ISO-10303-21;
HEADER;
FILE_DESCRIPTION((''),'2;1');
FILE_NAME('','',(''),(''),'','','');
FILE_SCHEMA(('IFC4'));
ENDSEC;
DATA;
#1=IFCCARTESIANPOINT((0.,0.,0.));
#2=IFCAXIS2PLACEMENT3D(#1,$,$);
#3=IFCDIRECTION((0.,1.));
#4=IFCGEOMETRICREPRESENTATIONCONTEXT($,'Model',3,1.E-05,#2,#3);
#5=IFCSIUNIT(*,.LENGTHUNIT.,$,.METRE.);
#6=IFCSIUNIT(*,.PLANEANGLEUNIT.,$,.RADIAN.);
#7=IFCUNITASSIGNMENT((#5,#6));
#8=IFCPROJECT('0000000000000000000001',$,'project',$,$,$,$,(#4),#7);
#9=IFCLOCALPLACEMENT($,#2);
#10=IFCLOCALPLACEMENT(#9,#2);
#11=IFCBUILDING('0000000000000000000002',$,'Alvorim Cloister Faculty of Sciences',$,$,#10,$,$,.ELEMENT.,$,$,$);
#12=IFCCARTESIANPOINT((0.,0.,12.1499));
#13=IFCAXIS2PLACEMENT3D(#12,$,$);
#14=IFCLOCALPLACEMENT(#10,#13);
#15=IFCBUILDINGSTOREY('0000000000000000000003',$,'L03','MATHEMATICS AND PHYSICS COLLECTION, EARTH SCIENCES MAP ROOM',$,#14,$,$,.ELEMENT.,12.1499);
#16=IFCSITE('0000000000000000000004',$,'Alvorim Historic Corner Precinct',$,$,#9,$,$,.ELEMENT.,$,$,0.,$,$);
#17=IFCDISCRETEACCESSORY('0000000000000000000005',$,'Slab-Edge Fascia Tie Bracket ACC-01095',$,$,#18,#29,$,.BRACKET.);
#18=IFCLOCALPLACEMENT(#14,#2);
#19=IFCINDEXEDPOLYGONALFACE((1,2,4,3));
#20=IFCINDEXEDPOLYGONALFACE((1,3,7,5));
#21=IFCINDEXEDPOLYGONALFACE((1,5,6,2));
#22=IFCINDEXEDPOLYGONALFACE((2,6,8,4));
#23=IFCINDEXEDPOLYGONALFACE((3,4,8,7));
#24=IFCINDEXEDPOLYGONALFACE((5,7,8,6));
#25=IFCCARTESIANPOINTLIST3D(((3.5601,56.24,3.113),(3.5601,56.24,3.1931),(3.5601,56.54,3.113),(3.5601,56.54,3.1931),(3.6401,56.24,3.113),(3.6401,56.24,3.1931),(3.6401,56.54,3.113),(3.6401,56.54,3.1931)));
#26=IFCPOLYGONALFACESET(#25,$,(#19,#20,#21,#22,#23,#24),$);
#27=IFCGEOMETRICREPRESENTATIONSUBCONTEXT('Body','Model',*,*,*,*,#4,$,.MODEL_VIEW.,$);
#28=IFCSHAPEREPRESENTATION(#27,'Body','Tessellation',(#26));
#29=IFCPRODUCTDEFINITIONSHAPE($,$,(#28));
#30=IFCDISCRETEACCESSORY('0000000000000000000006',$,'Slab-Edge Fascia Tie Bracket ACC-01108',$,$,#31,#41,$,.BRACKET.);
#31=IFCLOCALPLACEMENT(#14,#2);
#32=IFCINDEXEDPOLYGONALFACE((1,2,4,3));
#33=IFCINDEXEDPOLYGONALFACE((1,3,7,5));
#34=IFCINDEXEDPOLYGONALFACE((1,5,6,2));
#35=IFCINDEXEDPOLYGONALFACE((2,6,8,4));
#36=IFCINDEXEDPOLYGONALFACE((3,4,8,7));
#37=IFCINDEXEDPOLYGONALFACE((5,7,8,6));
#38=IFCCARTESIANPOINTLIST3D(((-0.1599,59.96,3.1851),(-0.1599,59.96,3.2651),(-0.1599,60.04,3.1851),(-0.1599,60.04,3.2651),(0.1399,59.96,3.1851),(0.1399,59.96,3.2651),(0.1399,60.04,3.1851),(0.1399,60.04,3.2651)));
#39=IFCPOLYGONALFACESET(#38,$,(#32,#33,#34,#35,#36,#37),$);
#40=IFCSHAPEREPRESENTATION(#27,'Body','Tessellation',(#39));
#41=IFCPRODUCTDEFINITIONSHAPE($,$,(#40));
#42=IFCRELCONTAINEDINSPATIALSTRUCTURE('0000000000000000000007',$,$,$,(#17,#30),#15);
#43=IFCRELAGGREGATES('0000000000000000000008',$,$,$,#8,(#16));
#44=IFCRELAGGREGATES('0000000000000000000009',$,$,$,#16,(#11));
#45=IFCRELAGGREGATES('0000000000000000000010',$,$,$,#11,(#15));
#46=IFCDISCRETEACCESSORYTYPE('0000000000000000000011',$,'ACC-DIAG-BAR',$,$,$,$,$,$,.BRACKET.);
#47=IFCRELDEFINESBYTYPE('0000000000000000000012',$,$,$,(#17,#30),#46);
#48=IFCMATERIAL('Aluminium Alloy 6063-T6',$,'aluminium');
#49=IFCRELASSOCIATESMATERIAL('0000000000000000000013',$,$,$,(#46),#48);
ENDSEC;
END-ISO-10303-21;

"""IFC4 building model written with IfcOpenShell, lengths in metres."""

from ifc_helpers import new_model, si_unit, direction, frame, origin, origin_2d, place, context, subcontext, project, spatial, rectangle, extrude, material, type_object, element, save


model = new_model("IFC4")

# Units and contexts
model_context = context("Model", 3, precision=1e-05, world=origin(), true_north=direction((0.0, 1.0)))
body_context = subcontext(model_context, "Body", "Model", "MODEL_VIEW")
ifc_project = project(units=[si_unit("LENGTHUNIT", "METRE"), si_unit("PLANEANGLEUNIT", "RADIAN")], contexts=[model_context])

# Site, building, storey
site_placement = place(None, origin())
site = spatial("IfcSite", under=ifc_project, at=site_placement, Name="Alvorim Historic Corner Precinct", CompositionType="ELEMENT", RefElevation=0.0)
building_placement = place(site_placement, origin())
building = spatial("IfcBuilding", under=site, at=building_placement, Name="Alvorim Cloister Faculty of Sciences", CompositionType="ELEMENT")
storey_placement = place(building_placement, frame((0.0, 0.0, 12.1499)))
storey = spatial("IfcBuildingStorey", under=building, at=storey_placement, Name="L03", Description="MATHEMATICS AND PHYSICS COLLECTION, EARTH SCIENCES MAP ROOM", CompositionType="ELEMENT", Elevation=12.1499)

# Shared definitions
ifc_material_1 = material(Name="Aluminium Alloy 6063-T6", Category="aluminium")

# Discrete accessories
discrete_accessory_type = type_object("IfcDiscreteAccessoryType", Name="ACC-DIAG-BAR", PredefinedType="BRACKET", material=ifc_material_1)
discrete_accessory_1_placement = place(storey_placement, frame((3.6001, 56.54, 3.1531), z_axis=(0.0, -1.0, 0.0), x_axis=(1.0, 0.0, 0.0)))
element("IfcDiscreteAccessory", 1, at=discrete_accessory_1_placement, inside=storey, type_object=discrete_accessory_type, Name="Slab-Edge Fascia Tie Bracket ACC-01095", PredefinedType="BRACKET", context=body_context, shape_type="SweptSolid", body=[
    extrude(rectangle(XDim=0.0801, YDim=0.0801, at=origin_2d()), origin(), (0.0, 0.0, 1.0), 0.3),
])
discrete_accessory_2_placement = place(storey_placement, frame((0.1399, 60.0, 3.2251), z_axis=(-1.0, 0.0, 0.0), x_axis=(0.0, -1.0, 0.0)))
element("IfcDiscreteAccessory", 2, at=discrete_accessory_2_placement, inside=storey, type_object=discrete_accessory_type, Name="Slab-Edge Fascia Tie Bracket ACC-01108", PredefinedType="BRACKET", context=body_context, shape_type="SweptSolid", body=[
    extrude(rectangle(XDim=0.0801, YDim=0.0801, at=origin_2d()), origin(), (0.0, 0.0, 1.0), 0.2998),
])

save(model, "model.ifc")
